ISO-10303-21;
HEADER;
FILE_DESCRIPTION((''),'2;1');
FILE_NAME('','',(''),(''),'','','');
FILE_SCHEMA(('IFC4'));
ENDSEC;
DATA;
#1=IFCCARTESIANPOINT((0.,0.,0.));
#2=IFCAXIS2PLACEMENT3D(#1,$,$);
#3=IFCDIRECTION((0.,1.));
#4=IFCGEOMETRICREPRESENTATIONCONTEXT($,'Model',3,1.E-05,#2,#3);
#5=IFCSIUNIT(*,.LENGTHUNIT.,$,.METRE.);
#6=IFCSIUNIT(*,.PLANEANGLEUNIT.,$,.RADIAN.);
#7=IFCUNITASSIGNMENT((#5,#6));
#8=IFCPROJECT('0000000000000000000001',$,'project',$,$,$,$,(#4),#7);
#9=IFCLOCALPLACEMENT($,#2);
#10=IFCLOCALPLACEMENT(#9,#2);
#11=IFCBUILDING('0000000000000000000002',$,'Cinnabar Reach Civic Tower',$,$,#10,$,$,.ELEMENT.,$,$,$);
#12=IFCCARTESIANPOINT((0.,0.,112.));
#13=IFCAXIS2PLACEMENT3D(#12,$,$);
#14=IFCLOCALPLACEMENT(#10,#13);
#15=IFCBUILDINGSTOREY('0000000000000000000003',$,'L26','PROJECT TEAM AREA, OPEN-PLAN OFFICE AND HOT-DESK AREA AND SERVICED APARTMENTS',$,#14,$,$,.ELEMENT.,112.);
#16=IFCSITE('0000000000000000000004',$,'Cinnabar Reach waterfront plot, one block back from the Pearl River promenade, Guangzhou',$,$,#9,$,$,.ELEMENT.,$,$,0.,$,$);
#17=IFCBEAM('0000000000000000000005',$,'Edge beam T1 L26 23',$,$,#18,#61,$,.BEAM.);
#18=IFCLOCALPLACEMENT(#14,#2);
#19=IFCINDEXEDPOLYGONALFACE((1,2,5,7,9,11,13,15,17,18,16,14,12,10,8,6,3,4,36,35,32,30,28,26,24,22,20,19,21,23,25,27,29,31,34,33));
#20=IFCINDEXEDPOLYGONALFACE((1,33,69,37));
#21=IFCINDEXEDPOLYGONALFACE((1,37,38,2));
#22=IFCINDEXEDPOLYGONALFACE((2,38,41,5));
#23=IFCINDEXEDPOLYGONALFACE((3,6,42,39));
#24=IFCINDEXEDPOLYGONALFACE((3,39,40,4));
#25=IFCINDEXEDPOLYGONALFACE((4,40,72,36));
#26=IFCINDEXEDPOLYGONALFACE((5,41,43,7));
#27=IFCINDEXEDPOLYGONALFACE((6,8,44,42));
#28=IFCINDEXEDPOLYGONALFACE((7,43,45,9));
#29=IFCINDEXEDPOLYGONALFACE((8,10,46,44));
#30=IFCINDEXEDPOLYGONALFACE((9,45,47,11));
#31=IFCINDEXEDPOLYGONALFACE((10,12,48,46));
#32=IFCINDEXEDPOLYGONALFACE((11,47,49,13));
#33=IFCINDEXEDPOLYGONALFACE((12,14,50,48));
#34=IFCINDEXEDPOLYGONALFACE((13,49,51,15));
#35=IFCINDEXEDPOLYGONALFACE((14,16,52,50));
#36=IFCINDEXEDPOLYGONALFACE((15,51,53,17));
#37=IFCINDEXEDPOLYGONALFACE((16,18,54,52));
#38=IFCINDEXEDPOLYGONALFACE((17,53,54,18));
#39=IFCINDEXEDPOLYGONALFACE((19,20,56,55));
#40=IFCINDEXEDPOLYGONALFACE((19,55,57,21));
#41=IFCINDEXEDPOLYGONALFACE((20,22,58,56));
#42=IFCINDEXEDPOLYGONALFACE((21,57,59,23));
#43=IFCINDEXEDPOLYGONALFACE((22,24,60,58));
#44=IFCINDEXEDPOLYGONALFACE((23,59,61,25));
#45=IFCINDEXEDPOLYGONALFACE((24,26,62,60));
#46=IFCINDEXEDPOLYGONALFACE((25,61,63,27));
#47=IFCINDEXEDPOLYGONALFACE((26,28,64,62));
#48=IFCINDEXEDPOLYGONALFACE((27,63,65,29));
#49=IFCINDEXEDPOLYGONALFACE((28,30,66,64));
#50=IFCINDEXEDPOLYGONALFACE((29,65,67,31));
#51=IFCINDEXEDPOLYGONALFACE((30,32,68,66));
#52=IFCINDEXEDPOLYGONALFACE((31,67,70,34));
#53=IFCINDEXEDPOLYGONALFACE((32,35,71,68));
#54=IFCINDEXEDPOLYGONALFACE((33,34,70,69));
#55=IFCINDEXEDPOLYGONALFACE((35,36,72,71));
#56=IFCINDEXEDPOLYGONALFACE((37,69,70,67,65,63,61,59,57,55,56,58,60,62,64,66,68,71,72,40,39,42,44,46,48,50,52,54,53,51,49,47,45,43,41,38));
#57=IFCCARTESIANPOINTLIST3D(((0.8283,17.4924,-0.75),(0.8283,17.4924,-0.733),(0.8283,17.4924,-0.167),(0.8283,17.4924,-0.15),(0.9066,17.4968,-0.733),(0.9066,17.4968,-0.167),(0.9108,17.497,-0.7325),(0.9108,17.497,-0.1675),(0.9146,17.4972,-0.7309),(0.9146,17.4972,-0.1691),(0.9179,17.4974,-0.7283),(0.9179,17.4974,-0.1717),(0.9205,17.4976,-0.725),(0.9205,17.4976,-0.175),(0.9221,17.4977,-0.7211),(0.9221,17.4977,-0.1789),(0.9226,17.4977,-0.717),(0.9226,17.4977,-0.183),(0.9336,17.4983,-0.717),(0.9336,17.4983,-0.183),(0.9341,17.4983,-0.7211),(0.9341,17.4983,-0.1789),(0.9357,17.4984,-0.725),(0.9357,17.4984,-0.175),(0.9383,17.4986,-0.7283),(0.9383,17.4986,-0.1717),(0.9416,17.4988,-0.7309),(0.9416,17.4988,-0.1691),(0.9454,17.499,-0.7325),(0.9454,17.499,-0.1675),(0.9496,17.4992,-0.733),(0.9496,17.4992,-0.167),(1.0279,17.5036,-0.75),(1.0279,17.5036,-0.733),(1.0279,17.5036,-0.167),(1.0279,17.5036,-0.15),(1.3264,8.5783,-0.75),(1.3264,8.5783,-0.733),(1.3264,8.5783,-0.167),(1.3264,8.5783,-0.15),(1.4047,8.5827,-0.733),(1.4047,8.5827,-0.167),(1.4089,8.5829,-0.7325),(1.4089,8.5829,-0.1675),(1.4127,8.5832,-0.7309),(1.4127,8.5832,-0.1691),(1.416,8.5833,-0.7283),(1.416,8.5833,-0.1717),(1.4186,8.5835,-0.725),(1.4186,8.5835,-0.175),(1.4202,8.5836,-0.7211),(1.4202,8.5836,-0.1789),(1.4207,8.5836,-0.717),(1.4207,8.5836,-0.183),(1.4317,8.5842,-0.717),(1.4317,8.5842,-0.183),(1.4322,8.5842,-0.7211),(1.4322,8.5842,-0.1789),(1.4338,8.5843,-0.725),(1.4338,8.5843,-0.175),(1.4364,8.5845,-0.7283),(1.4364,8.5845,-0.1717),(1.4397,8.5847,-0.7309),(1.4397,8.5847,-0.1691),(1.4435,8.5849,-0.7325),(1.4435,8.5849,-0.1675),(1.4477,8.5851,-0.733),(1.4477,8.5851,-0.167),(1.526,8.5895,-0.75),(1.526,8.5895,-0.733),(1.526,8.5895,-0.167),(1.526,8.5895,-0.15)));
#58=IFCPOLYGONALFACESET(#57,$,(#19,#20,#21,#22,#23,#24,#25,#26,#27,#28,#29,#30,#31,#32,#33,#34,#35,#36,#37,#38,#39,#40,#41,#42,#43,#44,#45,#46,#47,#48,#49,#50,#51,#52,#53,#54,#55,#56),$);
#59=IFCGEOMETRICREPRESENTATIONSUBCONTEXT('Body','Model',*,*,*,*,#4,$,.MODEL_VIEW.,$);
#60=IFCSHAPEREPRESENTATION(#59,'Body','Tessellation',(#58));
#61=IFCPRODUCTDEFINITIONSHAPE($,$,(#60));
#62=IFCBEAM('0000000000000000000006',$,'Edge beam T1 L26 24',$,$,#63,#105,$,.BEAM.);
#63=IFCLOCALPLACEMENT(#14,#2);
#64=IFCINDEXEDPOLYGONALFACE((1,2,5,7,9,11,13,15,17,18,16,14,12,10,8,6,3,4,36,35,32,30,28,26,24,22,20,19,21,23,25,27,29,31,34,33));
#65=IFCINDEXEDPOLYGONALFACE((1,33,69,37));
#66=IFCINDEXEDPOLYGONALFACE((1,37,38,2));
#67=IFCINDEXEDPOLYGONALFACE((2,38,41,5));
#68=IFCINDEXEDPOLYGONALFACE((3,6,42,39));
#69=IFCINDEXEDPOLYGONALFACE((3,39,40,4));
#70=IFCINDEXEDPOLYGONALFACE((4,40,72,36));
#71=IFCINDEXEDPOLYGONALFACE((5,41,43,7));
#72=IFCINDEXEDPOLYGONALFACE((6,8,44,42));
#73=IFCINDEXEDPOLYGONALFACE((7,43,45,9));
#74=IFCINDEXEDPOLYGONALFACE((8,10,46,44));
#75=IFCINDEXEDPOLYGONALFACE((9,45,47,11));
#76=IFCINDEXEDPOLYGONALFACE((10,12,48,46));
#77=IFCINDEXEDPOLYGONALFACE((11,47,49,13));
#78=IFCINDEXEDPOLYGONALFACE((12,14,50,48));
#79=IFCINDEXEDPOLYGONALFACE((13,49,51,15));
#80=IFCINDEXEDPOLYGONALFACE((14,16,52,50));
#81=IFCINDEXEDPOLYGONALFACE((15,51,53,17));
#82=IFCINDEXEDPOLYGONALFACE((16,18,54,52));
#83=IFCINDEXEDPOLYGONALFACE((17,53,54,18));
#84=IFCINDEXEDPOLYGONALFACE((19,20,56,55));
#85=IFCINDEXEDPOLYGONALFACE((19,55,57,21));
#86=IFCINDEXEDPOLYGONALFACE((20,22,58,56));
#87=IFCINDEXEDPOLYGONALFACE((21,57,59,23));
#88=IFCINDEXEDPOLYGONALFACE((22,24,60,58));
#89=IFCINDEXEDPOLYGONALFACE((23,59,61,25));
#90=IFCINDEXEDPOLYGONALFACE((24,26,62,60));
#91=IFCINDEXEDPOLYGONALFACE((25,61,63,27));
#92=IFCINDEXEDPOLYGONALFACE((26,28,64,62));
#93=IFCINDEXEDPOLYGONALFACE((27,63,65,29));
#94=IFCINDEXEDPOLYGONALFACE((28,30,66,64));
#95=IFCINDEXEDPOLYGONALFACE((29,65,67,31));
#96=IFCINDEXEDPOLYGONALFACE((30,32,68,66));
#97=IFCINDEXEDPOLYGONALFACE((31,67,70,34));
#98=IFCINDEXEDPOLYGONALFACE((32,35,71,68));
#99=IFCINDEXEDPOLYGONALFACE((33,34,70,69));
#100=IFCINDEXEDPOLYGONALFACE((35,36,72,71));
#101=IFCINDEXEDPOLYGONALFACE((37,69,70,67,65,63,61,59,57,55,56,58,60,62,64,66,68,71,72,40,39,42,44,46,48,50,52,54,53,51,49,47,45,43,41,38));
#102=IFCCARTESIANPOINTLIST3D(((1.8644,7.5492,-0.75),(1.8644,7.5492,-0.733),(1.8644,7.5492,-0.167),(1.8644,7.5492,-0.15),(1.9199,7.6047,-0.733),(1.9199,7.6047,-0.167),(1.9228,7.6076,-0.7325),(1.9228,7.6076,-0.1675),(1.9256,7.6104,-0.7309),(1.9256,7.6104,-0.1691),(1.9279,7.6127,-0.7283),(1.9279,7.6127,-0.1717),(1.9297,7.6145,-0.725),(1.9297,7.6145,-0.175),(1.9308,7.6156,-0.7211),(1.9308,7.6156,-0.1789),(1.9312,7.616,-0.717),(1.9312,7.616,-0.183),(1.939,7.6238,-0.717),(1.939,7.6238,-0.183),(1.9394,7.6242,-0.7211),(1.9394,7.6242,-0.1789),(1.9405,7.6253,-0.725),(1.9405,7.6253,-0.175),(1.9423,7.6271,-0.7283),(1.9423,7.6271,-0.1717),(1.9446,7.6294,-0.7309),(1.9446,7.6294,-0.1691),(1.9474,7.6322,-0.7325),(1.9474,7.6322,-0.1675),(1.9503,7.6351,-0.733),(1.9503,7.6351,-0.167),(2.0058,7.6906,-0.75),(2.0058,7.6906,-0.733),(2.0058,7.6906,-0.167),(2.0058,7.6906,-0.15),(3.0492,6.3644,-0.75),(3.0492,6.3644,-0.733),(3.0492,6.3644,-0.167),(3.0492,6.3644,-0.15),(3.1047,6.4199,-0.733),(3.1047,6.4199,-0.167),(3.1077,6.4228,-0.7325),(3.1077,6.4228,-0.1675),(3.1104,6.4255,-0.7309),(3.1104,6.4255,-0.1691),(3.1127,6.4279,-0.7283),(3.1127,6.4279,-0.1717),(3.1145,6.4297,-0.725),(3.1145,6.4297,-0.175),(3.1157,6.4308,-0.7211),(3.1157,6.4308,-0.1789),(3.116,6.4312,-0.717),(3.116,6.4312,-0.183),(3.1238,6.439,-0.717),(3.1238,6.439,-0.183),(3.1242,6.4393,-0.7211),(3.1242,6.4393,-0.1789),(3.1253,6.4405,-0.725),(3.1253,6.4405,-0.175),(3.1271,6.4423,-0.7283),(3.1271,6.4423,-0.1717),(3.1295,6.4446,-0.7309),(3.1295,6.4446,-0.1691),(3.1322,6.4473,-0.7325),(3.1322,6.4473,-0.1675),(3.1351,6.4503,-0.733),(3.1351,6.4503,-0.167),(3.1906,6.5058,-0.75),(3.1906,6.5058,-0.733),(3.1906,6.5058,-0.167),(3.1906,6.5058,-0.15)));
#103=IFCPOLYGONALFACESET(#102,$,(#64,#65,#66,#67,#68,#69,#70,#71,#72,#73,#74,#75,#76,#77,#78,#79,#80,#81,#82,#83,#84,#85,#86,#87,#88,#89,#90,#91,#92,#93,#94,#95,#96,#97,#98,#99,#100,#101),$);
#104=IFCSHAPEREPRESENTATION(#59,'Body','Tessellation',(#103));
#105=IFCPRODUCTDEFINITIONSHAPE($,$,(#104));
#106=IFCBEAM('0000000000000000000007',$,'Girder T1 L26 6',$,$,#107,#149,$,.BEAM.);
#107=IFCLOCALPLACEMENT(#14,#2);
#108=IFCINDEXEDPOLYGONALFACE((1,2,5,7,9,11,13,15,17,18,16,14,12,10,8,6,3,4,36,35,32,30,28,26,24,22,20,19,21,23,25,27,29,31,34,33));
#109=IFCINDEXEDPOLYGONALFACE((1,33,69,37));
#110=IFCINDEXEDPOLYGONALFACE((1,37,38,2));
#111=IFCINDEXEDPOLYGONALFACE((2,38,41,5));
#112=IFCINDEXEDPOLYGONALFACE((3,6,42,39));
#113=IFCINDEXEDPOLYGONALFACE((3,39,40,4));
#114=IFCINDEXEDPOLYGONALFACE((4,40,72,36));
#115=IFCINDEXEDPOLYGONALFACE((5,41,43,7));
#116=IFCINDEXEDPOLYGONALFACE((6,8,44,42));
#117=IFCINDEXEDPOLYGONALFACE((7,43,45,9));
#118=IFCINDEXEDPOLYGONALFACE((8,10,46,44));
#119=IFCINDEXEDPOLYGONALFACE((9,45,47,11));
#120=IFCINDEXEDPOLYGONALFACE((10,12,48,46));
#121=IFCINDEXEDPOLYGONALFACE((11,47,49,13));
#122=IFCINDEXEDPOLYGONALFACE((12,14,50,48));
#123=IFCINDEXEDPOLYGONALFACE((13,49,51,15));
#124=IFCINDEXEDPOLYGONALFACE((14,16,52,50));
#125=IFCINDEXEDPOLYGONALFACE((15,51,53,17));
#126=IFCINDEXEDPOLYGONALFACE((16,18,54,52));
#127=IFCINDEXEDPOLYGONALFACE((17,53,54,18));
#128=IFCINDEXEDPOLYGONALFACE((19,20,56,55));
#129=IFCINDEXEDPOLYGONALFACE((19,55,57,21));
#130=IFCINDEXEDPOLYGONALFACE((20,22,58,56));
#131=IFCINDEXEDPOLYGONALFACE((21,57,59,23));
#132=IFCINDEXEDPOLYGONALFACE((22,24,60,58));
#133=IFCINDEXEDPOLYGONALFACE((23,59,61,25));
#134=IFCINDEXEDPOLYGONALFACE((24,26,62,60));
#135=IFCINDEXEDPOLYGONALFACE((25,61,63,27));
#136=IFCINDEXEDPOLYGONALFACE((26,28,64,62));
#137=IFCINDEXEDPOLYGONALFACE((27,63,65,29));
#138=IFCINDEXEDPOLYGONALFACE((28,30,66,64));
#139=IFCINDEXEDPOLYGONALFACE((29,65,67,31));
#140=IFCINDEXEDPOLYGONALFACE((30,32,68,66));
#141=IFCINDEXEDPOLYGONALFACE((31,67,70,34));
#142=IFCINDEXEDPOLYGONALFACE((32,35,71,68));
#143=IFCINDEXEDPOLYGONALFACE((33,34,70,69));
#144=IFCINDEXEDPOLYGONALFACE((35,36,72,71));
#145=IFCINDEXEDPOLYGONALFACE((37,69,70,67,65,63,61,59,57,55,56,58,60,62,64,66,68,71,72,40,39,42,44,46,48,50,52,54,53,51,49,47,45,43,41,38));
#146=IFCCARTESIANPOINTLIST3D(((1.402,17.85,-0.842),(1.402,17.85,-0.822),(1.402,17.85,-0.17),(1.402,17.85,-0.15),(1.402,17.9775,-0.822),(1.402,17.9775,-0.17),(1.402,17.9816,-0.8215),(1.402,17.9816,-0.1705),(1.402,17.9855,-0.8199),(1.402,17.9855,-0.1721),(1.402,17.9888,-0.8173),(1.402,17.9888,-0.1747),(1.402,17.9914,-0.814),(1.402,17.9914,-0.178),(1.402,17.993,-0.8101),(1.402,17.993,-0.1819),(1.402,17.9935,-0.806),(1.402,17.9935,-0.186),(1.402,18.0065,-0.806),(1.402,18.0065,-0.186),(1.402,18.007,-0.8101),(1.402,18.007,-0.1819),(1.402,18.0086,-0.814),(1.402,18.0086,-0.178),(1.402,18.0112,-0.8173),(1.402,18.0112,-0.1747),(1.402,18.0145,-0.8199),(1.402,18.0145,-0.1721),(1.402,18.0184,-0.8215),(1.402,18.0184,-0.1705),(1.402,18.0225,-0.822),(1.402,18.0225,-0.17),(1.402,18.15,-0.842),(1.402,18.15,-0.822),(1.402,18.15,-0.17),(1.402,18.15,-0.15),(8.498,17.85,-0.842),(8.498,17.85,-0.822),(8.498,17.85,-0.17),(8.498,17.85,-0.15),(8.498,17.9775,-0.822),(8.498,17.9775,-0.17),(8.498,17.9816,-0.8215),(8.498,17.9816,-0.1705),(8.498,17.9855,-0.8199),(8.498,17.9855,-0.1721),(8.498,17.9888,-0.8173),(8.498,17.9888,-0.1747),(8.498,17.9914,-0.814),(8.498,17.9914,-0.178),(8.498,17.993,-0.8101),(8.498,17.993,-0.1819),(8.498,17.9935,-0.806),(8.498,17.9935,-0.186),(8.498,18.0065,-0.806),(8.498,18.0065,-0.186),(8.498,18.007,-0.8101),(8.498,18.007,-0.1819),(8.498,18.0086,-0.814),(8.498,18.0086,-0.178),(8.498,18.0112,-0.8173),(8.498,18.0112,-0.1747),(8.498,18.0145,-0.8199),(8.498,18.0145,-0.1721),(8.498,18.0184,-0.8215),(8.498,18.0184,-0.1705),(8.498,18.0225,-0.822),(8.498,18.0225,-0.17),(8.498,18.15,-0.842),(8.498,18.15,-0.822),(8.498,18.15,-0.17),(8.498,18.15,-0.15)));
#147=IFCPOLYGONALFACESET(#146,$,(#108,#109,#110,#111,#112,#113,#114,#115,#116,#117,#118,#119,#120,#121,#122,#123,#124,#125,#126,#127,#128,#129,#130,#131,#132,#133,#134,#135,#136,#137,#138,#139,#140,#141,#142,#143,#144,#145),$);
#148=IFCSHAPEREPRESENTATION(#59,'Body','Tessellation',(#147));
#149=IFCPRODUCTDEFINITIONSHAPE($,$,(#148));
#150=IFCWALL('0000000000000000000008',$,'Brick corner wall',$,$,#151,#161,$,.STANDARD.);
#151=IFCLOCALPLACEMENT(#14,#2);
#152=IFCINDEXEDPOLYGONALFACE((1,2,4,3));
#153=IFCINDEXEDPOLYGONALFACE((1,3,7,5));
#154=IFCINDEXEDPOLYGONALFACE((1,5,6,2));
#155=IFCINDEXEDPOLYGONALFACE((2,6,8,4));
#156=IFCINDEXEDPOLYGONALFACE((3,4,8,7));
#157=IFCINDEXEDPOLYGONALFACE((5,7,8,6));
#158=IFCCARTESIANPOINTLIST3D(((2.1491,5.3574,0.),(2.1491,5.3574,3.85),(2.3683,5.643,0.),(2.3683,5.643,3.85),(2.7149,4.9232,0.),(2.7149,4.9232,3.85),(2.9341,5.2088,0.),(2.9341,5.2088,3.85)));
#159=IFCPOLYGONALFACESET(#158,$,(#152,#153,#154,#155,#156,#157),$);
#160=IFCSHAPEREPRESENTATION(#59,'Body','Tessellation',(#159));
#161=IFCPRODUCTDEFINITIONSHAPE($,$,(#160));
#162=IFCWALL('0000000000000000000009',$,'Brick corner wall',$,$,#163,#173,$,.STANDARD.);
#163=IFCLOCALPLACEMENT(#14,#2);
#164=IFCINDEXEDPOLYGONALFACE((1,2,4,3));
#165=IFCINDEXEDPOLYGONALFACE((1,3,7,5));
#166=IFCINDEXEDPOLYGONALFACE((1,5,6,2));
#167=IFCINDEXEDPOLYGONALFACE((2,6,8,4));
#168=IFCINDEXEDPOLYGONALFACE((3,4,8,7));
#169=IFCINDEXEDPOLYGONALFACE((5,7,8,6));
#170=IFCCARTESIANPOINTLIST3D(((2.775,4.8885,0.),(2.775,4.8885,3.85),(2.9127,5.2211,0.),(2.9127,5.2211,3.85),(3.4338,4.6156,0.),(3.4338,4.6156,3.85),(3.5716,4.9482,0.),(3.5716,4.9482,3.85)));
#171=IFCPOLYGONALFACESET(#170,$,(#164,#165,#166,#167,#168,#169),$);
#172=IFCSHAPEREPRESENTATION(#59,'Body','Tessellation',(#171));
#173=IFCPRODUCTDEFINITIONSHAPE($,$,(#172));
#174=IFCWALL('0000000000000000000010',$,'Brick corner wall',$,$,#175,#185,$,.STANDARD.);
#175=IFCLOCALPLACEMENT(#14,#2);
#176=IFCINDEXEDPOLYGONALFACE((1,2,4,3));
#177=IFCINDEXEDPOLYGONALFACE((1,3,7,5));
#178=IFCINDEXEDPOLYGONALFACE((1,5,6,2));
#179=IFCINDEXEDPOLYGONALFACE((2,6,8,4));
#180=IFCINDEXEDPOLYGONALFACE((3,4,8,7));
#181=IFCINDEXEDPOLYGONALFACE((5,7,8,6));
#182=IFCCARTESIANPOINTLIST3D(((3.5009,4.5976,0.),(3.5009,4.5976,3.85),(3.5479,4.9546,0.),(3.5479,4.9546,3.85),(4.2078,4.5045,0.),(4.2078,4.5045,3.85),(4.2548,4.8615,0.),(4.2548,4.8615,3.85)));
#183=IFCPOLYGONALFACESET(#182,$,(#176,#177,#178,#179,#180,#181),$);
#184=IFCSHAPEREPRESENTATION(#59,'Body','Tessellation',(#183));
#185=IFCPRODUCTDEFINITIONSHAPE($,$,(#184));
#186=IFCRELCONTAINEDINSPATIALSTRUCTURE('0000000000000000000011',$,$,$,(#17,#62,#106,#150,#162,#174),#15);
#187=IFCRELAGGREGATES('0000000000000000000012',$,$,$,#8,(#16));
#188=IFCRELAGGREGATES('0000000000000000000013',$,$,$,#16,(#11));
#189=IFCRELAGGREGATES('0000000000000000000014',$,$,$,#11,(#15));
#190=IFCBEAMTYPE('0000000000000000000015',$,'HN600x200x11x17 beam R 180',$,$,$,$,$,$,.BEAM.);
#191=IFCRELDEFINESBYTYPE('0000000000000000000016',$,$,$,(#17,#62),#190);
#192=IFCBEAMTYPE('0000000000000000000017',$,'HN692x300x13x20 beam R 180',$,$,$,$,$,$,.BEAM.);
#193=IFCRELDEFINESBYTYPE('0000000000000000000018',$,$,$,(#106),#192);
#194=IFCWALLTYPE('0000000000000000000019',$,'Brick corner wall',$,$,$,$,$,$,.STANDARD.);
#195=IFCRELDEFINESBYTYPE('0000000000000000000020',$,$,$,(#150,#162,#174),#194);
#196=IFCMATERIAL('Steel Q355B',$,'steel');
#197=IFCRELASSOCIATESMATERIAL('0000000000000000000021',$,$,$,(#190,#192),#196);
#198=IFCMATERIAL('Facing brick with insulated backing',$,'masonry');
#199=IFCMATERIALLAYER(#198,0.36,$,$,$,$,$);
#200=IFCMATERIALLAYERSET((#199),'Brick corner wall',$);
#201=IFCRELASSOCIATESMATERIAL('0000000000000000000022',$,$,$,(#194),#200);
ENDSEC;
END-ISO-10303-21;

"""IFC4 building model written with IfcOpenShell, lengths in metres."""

from ifc_helpers import new_model, si_unit, direction, frame, frame_2d, origin, origin_2d, place, context, subcontext, project, spatial, rectangle, i_section, extrude, material, layer, layer_set, material_profile, profile_set, type_object, element, save


model = new_model("IFC4")

# Units and contexts
model_context = context("Model", 3, precision=1e-05, world=origin(), true_north=direction((0.0, 1.0)))
body_context = subcontext(model_context, "Body", "Model", "MODEL_VIEW")
ifc_project = project(units=[si_unit("LENGTHUNIT", "METRE"), si_unit("PLANEANGLEUNIT", "RADIAN")], contexts=[model_context])

# Site, building, storey
site_placement = place(None, origin())
site = spatial("IfcSite", under=ifc_project, at=site_placement, Name="Cinnabar Reach waterfront plot, one block back from the Pearl River promenade, Guangzhou", CompositionType="ELEMENT", RefElevation=0.0)
building_placement = place(site_placement, origin())
building = spatial("IfcBuilding", under=site, at=building_placement, Name="Cinnabar Reach Civic Tower", CompositionType="ELEMENT")
storey_placement = place(building_placement, frame((0.0, 0.0, 112.0)))
storey = spatial("IfcBuildingStorey", under=building, at=storey_placement, Name="L26", Description="PROJECT TEAM AREA, OPEN-PLAN OFFICE AND HOT-DESK AREA AND SERVICED APARTMENTS", CompositionType="ELEMENT", Elevation=112.0)

# Beams
ifc_material_1 = material(Name="Steel Q355B", Category="steel")
ifc_material_profile_1 = material_profile(ifc_material_1, i_section(OverallWidth=0.2, OverallDepth=0.6, WebThickness=0.011, FlangeThickness=0.017, FilletRadius=0.016, at=origin_2d()), Name="HN600x200x11x17")
ifc_profile_set_1 = profile_set([ifc_material_profile_1], Name="Steel Q355B")
beam_type_1 = type_object("IfcBeamType", Name="HN600x200x11x17 beam R 180", PredefinedType="BEAM", material=ifc_profile_set_1)
beam_1_placement = place(storey_placement, frame((0.9281, 17.498, -0.45), z_axis=(0.055791, -0.998442, 0.0), x_axis=(0.998442, 0.055791, 0.0)))
element("IfcBeam", 1, at=beam_1_placement, inside=storey, type_object=beam_type_1, Name="Edge beam T1 L26 23", PredefinedType="BEAM", context=body_context, shape_type="SweptSolid", body=[
    extrude(i_section(OverallWidth=0.2, OverallDepth=0.6, WebThickness=0.011, FlangeThickness=0.017, FilletRadius=0.016, at=origin_2d()), origin(), (0.0, 0.0, 1.0), 8.928),
])
beam_2_placement = place(storey_placement, frame((1.9351, 7.6199, -0.45), z_axis=(0.707107, -0.707107, 0.0), x_axis=(0.707107, 0.707107, 0.0)))
element("IfcBeam", 2, at=beam_2_placement, inside=storey, type_object=beam_type_1, Name="Edge beam T1 L26 24", PredefinedType="BEAM", context=body_context, shape_type="SweptSolid", body=[
    extrude(i_section(OverallWidth=0.2, OverallDepth=0.6, WebThickness=0.011, FlangeThickness=0.017, FilletRadius=0.016, at=origin_2d()), origin(), (0.0, 0.0, 1.0), 1.6756),
])
ifc_material_profile_2 = material_profile(ifc_material_1, i_section(OverallWidth=0.3, OverallDepth=0.692, WebThickness=0.013, FlangeThickness=0.02, FilletRadius=0.016, at=origin_2d()), Name="HN692x300x13x20")
ifc_profile_set_2 = profile_set([ifc_material_profile_2], Name="Steel Q355B")
beam_type_2 = type_object("IfcBeamType", Name="HN692x300x13x20 beam R 180", PredefinedType="BEAM", material=ifc_profile_set_2)
beam_3_placement = place(storey_placement, frame((1.402, 18.0, -0.496), z_axis=(1.0, 0.0, 0.0), x_axis=(0.0, 1.0, 0.0)))
element("IfcBeam", 3, at=beam_3_placement, inside=storey, type_object=beam_type_2, Name="Girder T1 L26 6", PredefinedType="BEAM", context=body_context, shape_type="SweptSolid", body=[
    extrude(i_section(OverallWidth=0.3, OverallDepth=0.692, WebThickness=0.013, FlangeThickness=0.02, FilletRadius=0.016, at=origin_2d()), origin(), (0.0, 0.0, 1.0), 7.096),
])

# Walls
ifc_material_2 = material(Name="Facing brick with insulated backing", Category="masonry")
ifc_layer_1 = layer(ifc_material_2, 0.36)
ifc_layer_set_1 = layer_set([ifc_layer_1], Name="Brick corner wall")
wall_type_1 = type_object("IfcWallType", Name="Brick corner wall", PredefinedType="STANDARD", material=ifc_layer_set_1)
wall_1_placement = place(storey_placement, frame((2.2587, 5.5002, 0.0), z_axis=(0.0, 0.0, 1.0), x_axis=(0.793322, -0.608802, 0.0)))
element("IfcWall", 4, at=wall_1_placement, inside=storey, type_object=wall_type_1, Name="Brick corner wall", PredefinedType="STANDARD", context=body_context, shape_type="SweptSolid", body=[
    extrude(rectangle(XDim=0.7132, YDim=0.36, at=frame_2d((0.3566, 0.0))), origin(), (0.0, 0.0, 1.0), 3.85),
])
for number, where, z_axis, x_axis, name in (
    (5, (2.8439, 5.0548, 0.0), (0.0, 0.0, 1.0), (0.923872, -0.382703, 0.0), "Brick corner wall"),
    (6, (3.5244, 4.7761, 0.0), (0.0, 0.0, 1.0), (0.991441, -0.130556, 0.0), "Brick corner wall"),
):
    element("IfcWall", number, at=place(storey_placement, frame(where, z_axis=z_axis, x_axis=x_axis)), inside=storey, type_object=wall_type_1, Name=name, PredefinedType="STANDARD", context=body_context, shape_type="SweptSolid", body=[
        extrude(rectangle(XDim=0.7131, YDim=0.36, at=frame_2d((0.3565, 0.0))), origin(), (0.0, 0.0, 1.0), 3.85),
    ])

save(model, "model.ifc")
